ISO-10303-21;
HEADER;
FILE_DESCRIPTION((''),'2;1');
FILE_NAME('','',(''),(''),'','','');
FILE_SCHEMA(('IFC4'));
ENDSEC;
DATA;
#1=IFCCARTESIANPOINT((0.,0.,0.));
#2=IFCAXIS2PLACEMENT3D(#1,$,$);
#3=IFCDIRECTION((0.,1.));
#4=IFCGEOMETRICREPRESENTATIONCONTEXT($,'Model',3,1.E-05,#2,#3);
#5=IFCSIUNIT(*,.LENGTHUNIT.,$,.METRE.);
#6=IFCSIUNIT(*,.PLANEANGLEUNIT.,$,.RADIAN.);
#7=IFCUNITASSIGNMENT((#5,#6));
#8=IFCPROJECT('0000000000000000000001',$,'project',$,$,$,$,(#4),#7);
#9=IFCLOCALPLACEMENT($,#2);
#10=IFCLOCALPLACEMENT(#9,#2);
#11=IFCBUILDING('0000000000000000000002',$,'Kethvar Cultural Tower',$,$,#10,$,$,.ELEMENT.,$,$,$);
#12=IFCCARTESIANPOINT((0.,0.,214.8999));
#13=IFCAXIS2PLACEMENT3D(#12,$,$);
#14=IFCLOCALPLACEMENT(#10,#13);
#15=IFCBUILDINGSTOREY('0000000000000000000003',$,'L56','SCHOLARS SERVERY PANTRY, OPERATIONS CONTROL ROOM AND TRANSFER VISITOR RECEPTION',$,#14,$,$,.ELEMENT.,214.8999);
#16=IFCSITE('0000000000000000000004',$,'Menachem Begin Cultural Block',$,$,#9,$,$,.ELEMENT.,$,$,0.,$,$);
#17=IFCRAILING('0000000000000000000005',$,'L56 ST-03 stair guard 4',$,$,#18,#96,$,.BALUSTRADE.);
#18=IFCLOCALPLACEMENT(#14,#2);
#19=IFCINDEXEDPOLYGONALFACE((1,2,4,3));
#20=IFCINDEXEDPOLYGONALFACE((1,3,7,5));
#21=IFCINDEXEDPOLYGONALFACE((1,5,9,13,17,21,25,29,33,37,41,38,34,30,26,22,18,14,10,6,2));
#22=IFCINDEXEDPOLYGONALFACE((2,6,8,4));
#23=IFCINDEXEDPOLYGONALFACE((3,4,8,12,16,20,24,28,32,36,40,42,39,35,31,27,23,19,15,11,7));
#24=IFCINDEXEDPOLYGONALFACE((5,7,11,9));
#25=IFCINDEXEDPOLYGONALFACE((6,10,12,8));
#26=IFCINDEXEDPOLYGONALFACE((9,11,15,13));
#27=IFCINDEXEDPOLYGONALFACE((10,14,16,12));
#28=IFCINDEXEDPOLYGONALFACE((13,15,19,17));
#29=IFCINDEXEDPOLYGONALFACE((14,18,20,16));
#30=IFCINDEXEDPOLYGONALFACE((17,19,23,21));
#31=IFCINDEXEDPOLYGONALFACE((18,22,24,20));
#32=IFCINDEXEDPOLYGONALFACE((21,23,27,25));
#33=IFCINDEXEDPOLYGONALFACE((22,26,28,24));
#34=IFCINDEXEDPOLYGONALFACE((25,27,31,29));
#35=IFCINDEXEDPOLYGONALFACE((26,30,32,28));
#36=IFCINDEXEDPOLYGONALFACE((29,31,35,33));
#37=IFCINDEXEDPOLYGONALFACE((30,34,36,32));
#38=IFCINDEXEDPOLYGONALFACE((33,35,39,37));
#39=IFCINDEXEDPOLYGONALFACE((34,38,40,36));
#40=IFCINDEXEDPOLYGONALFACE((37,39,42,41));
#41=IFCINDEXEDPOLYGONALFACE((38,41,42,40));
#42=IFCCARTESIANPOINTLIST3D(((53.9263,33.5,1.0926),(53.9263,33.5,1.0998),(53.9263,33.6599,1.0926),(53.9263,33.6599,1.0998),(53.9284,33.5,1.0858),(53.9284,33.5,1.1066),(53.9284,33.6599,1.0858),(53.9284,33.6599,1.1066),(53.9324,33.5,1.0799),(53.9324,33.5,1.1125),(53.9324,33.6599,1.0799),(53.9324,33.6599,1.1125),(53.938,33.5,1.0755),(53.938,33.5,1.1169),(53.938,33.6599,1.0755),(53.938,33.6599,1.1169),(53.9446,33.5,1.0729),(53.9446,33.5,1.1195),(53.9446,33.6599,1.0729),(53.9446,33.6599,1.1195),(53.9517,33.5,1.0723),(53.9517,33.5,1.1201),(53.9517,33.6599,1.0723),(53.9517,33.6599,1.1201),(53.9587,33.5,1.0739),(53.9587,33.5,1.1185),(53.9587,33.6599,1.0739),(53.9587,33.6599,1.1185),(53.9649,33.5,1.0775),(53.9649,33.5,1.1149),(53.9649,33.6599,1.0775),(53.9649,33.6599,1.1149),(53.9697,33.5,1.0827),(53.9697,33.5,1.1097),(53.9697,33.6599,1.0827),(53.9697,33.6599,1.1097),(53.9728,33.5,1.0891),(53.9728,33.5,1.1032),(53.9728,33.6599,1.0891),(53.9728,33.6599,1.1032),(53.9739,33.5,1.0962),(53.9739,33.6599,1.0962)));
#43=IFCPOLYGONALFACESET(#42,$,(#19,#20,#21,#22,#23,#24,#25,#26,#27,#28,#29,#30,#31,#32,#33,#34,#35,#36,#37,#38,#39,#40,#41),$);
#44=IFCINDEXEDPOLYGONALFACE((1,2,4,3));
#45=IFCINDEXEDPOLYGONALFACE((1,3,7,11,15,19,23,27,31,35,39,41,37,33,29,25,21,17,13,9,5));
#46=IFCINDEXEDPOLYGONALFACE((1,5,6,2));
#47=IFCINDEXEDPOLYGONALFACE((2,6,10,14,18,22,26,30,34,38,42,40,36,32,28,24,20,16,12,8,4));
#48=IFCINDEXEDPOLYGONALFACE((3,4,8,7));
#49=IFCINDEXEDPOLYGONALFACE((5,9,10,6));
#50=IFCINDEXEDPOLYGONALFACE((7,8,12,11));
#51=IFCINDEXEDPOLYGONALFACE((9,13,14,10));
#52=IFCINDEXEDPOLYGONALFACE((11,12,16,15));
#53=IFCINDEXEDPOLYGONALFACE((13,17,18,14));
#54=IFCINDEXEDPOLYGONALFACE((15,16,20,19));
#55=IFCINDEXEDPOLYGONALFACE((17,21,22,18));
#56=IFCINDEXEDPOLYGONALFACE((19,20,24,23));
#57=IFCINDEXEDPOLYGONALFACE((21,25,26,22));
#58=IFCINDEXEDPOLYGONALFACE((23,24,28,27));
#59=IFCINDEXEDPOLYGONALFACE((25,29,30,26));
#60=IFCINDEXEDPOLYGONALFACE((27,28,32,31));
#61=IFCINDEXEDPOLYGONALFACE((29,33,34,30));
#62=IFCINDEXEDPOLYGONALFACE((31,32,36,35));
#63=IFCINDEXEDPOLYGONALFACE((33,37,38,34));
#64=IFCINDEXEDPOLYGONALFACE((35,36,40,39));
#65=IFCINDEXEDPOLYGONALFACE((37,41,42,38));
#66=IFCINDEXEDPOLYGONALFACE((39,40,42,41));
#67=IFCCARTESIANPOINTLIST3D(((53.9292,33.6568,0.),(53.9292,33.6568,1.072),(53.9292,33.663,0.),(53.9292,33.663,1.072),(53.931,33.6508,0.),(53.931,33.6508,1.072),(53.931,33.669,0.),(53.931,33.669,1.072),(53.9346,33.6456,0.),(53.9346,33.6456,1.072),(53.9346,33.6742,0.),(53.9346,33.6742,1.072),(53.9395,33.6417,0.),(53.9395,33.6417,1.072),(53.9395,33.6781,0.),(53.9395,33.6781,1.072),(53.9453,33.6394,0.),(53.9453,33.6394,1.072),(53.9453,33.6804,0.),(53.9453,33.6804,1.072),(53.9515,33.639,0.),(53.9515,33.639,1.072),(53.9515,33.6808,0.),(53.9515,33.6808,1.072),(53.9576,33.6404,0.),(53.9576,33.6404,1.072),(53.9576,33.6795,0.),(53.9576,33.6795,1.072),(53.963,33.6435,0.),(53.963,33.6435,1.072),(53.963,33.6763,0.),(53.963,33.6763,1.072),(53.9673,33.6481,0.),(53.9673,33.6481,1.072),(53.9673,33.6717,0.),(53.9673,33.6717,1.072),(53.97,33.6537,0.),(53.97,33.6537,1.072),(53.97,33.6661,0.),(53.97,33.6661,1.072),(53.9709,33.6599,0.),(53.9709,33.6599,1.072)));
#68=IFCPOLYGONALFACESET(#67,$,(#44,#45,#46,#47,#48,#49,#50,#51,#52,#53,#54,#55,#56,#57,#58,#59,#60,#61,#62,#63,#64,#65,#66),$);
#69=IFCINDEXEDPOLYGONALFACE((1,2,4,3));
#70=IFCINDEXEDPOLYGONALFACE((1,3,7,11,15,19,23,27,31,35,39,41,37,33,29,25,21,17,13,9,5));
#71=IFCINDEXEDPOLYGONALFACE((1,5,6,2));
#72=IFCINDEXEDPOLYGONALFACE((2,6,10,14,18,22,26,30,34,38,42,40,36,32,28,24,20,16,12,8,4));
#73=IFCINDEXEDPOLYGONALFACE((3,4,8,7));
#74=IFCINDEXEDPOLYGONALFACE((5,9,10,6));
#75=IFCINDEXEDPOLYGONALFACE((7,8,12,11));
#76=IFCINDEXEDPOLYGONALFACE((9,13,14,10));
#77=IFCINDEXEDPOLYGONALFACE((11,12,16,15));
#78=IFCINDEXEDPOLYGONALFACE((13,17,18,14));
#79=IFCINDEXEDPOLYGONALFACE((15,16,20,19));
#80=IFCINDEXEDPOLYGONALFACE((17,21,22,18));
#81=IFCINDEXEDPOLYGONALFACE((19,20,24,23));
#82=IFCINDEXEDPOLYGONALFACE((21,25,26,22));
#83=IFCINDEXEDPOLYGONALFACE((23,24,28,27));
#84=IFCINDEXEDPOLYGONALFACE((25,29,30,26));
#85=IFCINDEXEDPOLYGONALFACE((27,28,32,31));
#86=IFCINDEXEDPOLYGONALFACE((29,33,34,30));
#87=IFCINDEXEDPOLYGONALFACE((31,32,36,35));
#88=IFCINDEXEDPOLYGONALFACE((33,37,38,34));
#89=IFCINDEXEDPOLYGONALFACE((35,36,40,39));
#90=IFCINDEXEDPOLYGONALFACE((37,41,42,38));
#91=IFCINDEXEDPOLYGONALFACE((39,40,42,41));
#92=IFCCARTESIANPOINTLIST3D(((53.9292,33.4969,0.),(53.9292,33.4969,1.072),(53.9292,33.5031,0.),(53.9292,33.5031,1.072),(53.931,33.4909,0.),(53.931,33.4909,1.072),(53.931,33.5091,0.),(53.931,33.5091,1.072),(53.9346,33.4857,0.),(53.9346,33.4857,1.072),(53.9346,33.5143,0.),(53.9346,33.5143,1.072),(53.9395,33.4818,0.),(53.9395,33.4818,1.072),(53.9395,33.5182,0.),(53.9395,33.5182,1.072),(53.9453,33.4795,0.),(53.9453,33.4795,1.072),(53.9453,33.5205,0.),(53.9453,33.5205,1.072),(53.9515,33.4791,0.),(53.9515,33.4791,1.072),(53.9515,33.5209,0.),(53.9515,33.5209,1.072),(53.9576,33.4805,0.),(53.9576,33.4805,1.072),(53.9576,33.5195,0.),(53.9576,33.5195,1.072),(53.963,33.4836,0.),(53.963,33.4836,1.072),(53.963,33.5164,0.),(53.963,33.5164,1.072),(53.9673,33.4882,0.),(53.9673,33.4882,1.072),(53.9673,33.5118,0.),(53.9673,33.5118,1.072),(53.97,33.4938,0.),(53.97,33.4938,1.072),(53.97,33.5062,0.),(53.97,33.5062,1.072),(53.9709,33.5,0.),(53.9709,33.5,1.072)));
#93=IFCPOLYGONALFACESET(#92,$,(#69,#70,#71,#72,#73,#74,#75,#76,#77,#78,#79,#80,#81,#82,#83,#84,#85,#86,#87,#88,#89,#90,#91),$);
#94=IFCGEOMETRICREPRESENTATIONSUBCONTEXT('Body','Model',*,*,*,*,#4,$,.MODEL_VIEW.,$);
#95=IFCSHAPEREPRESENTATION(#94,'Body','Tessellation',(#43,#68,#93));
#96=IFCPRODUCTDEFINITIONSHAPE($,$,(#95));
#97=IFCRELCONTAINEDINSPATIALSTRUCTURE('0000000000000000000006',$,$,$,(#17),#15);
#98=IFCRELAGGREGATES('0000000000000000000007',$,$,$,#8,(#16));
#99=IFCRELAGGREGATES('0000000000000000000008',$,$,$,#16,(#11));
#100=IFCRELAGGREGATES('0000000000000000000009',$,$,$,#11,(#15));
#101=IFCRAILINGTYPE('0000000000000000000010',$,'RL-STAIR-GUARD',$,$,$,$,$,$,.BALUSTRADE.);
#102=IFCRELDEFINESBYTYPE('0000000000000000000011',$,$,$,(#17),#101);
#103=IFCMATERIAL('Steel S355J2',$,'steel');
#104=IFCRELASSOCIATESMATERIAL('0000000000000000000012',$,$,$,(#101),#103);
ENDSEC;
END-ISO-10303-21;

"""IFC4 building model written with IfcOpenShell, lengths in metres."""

from ifc_helpers import new_model, si_unit, direction, frame, origin, origin_2d, place, context, subcontext, project, spatial, circle, extrude, material, type_object, element, save


model = new_model("IFC4")

# Units and contexts
model_context = context("Model", 3, precision=1e-05, world=origin(), true_north=direction((0.0, 1.0)))
body_context = subcontext(model_context, "Body", "Model", "MODEL_VIEW")
ifc_project = project(units=[si_unit("LENGTHUNIT", "METRE"), si_unit("PLANEANGLEUNIT", "RADIAN")], contexts=[model_context])

# Site, building, storey
site_placement = place(None, origin())
site = spatial("IfcSite", under=ifc_project, at=site_placement, Name="Menachem Begin Cultural Block", CompositionType="ELEMENT", RefElevation=0.0)
building_placement = place(site_placement, origin())
building = spatial("IfcBuilding", under=site, at=building_placement, Name="Kethvar Cultural Tower", CompositionType="ELEMENT")
storey_placement = place(building_placement, frame((0.0, 0.0, 214.8999)))
storey = spatial("IfcBuildingStorey", under=building, at=storey_placement, Name="L56", Description="SCHOLARS SERVERY PANTRY, OPERATIONS CONTROL ROOM AND TRANSFER VISITOR RECEPTION", CompositionType="ELEMENT", Elevation=214.8999)

# Shared definitions
ifc_material_1 = material(Name="Steel S355J2", Category="steel")

# Railing
railing_type_1 = type_object("IfcRailingType", Name="RL-STAIR-GUARD", PredefinedType="BALUSTRADE", material=ifc_material_1)
railing_1_placement = place(storey_placement, frame((53.95, 33.6599, 0.0)))
element("IfcRailing", 1, at=railing_1_placement, inside=storey, type_object=railing_type_1, Name="L56 ST-03 stair guard 4", PredefinedType="BALUSTRADE", context=body_context, shape_type="SweptSolid", body=[
    extrude(circle(Radius=0.0239, at=origin_2d()), frame((0.0, 0.0, 1.0962), z_axis=(0.0, -1.0, 0.0), x_axis=(1.0, 0.0, 0.0)), (0.0, 0.0, 1.0), 0.1599),
    extrude(circle(Radius=0.021, at=origin_2d()), origin(), (0.0, 0.0, 1.0), 1.072),
    extrude(circle(Radius=0.021, at=origin_2d()), frame((0.0, -0.1599, 0.0)), (0.0, 0.0, 1.0), 1.072),
])

save(model, "model.ifc")
